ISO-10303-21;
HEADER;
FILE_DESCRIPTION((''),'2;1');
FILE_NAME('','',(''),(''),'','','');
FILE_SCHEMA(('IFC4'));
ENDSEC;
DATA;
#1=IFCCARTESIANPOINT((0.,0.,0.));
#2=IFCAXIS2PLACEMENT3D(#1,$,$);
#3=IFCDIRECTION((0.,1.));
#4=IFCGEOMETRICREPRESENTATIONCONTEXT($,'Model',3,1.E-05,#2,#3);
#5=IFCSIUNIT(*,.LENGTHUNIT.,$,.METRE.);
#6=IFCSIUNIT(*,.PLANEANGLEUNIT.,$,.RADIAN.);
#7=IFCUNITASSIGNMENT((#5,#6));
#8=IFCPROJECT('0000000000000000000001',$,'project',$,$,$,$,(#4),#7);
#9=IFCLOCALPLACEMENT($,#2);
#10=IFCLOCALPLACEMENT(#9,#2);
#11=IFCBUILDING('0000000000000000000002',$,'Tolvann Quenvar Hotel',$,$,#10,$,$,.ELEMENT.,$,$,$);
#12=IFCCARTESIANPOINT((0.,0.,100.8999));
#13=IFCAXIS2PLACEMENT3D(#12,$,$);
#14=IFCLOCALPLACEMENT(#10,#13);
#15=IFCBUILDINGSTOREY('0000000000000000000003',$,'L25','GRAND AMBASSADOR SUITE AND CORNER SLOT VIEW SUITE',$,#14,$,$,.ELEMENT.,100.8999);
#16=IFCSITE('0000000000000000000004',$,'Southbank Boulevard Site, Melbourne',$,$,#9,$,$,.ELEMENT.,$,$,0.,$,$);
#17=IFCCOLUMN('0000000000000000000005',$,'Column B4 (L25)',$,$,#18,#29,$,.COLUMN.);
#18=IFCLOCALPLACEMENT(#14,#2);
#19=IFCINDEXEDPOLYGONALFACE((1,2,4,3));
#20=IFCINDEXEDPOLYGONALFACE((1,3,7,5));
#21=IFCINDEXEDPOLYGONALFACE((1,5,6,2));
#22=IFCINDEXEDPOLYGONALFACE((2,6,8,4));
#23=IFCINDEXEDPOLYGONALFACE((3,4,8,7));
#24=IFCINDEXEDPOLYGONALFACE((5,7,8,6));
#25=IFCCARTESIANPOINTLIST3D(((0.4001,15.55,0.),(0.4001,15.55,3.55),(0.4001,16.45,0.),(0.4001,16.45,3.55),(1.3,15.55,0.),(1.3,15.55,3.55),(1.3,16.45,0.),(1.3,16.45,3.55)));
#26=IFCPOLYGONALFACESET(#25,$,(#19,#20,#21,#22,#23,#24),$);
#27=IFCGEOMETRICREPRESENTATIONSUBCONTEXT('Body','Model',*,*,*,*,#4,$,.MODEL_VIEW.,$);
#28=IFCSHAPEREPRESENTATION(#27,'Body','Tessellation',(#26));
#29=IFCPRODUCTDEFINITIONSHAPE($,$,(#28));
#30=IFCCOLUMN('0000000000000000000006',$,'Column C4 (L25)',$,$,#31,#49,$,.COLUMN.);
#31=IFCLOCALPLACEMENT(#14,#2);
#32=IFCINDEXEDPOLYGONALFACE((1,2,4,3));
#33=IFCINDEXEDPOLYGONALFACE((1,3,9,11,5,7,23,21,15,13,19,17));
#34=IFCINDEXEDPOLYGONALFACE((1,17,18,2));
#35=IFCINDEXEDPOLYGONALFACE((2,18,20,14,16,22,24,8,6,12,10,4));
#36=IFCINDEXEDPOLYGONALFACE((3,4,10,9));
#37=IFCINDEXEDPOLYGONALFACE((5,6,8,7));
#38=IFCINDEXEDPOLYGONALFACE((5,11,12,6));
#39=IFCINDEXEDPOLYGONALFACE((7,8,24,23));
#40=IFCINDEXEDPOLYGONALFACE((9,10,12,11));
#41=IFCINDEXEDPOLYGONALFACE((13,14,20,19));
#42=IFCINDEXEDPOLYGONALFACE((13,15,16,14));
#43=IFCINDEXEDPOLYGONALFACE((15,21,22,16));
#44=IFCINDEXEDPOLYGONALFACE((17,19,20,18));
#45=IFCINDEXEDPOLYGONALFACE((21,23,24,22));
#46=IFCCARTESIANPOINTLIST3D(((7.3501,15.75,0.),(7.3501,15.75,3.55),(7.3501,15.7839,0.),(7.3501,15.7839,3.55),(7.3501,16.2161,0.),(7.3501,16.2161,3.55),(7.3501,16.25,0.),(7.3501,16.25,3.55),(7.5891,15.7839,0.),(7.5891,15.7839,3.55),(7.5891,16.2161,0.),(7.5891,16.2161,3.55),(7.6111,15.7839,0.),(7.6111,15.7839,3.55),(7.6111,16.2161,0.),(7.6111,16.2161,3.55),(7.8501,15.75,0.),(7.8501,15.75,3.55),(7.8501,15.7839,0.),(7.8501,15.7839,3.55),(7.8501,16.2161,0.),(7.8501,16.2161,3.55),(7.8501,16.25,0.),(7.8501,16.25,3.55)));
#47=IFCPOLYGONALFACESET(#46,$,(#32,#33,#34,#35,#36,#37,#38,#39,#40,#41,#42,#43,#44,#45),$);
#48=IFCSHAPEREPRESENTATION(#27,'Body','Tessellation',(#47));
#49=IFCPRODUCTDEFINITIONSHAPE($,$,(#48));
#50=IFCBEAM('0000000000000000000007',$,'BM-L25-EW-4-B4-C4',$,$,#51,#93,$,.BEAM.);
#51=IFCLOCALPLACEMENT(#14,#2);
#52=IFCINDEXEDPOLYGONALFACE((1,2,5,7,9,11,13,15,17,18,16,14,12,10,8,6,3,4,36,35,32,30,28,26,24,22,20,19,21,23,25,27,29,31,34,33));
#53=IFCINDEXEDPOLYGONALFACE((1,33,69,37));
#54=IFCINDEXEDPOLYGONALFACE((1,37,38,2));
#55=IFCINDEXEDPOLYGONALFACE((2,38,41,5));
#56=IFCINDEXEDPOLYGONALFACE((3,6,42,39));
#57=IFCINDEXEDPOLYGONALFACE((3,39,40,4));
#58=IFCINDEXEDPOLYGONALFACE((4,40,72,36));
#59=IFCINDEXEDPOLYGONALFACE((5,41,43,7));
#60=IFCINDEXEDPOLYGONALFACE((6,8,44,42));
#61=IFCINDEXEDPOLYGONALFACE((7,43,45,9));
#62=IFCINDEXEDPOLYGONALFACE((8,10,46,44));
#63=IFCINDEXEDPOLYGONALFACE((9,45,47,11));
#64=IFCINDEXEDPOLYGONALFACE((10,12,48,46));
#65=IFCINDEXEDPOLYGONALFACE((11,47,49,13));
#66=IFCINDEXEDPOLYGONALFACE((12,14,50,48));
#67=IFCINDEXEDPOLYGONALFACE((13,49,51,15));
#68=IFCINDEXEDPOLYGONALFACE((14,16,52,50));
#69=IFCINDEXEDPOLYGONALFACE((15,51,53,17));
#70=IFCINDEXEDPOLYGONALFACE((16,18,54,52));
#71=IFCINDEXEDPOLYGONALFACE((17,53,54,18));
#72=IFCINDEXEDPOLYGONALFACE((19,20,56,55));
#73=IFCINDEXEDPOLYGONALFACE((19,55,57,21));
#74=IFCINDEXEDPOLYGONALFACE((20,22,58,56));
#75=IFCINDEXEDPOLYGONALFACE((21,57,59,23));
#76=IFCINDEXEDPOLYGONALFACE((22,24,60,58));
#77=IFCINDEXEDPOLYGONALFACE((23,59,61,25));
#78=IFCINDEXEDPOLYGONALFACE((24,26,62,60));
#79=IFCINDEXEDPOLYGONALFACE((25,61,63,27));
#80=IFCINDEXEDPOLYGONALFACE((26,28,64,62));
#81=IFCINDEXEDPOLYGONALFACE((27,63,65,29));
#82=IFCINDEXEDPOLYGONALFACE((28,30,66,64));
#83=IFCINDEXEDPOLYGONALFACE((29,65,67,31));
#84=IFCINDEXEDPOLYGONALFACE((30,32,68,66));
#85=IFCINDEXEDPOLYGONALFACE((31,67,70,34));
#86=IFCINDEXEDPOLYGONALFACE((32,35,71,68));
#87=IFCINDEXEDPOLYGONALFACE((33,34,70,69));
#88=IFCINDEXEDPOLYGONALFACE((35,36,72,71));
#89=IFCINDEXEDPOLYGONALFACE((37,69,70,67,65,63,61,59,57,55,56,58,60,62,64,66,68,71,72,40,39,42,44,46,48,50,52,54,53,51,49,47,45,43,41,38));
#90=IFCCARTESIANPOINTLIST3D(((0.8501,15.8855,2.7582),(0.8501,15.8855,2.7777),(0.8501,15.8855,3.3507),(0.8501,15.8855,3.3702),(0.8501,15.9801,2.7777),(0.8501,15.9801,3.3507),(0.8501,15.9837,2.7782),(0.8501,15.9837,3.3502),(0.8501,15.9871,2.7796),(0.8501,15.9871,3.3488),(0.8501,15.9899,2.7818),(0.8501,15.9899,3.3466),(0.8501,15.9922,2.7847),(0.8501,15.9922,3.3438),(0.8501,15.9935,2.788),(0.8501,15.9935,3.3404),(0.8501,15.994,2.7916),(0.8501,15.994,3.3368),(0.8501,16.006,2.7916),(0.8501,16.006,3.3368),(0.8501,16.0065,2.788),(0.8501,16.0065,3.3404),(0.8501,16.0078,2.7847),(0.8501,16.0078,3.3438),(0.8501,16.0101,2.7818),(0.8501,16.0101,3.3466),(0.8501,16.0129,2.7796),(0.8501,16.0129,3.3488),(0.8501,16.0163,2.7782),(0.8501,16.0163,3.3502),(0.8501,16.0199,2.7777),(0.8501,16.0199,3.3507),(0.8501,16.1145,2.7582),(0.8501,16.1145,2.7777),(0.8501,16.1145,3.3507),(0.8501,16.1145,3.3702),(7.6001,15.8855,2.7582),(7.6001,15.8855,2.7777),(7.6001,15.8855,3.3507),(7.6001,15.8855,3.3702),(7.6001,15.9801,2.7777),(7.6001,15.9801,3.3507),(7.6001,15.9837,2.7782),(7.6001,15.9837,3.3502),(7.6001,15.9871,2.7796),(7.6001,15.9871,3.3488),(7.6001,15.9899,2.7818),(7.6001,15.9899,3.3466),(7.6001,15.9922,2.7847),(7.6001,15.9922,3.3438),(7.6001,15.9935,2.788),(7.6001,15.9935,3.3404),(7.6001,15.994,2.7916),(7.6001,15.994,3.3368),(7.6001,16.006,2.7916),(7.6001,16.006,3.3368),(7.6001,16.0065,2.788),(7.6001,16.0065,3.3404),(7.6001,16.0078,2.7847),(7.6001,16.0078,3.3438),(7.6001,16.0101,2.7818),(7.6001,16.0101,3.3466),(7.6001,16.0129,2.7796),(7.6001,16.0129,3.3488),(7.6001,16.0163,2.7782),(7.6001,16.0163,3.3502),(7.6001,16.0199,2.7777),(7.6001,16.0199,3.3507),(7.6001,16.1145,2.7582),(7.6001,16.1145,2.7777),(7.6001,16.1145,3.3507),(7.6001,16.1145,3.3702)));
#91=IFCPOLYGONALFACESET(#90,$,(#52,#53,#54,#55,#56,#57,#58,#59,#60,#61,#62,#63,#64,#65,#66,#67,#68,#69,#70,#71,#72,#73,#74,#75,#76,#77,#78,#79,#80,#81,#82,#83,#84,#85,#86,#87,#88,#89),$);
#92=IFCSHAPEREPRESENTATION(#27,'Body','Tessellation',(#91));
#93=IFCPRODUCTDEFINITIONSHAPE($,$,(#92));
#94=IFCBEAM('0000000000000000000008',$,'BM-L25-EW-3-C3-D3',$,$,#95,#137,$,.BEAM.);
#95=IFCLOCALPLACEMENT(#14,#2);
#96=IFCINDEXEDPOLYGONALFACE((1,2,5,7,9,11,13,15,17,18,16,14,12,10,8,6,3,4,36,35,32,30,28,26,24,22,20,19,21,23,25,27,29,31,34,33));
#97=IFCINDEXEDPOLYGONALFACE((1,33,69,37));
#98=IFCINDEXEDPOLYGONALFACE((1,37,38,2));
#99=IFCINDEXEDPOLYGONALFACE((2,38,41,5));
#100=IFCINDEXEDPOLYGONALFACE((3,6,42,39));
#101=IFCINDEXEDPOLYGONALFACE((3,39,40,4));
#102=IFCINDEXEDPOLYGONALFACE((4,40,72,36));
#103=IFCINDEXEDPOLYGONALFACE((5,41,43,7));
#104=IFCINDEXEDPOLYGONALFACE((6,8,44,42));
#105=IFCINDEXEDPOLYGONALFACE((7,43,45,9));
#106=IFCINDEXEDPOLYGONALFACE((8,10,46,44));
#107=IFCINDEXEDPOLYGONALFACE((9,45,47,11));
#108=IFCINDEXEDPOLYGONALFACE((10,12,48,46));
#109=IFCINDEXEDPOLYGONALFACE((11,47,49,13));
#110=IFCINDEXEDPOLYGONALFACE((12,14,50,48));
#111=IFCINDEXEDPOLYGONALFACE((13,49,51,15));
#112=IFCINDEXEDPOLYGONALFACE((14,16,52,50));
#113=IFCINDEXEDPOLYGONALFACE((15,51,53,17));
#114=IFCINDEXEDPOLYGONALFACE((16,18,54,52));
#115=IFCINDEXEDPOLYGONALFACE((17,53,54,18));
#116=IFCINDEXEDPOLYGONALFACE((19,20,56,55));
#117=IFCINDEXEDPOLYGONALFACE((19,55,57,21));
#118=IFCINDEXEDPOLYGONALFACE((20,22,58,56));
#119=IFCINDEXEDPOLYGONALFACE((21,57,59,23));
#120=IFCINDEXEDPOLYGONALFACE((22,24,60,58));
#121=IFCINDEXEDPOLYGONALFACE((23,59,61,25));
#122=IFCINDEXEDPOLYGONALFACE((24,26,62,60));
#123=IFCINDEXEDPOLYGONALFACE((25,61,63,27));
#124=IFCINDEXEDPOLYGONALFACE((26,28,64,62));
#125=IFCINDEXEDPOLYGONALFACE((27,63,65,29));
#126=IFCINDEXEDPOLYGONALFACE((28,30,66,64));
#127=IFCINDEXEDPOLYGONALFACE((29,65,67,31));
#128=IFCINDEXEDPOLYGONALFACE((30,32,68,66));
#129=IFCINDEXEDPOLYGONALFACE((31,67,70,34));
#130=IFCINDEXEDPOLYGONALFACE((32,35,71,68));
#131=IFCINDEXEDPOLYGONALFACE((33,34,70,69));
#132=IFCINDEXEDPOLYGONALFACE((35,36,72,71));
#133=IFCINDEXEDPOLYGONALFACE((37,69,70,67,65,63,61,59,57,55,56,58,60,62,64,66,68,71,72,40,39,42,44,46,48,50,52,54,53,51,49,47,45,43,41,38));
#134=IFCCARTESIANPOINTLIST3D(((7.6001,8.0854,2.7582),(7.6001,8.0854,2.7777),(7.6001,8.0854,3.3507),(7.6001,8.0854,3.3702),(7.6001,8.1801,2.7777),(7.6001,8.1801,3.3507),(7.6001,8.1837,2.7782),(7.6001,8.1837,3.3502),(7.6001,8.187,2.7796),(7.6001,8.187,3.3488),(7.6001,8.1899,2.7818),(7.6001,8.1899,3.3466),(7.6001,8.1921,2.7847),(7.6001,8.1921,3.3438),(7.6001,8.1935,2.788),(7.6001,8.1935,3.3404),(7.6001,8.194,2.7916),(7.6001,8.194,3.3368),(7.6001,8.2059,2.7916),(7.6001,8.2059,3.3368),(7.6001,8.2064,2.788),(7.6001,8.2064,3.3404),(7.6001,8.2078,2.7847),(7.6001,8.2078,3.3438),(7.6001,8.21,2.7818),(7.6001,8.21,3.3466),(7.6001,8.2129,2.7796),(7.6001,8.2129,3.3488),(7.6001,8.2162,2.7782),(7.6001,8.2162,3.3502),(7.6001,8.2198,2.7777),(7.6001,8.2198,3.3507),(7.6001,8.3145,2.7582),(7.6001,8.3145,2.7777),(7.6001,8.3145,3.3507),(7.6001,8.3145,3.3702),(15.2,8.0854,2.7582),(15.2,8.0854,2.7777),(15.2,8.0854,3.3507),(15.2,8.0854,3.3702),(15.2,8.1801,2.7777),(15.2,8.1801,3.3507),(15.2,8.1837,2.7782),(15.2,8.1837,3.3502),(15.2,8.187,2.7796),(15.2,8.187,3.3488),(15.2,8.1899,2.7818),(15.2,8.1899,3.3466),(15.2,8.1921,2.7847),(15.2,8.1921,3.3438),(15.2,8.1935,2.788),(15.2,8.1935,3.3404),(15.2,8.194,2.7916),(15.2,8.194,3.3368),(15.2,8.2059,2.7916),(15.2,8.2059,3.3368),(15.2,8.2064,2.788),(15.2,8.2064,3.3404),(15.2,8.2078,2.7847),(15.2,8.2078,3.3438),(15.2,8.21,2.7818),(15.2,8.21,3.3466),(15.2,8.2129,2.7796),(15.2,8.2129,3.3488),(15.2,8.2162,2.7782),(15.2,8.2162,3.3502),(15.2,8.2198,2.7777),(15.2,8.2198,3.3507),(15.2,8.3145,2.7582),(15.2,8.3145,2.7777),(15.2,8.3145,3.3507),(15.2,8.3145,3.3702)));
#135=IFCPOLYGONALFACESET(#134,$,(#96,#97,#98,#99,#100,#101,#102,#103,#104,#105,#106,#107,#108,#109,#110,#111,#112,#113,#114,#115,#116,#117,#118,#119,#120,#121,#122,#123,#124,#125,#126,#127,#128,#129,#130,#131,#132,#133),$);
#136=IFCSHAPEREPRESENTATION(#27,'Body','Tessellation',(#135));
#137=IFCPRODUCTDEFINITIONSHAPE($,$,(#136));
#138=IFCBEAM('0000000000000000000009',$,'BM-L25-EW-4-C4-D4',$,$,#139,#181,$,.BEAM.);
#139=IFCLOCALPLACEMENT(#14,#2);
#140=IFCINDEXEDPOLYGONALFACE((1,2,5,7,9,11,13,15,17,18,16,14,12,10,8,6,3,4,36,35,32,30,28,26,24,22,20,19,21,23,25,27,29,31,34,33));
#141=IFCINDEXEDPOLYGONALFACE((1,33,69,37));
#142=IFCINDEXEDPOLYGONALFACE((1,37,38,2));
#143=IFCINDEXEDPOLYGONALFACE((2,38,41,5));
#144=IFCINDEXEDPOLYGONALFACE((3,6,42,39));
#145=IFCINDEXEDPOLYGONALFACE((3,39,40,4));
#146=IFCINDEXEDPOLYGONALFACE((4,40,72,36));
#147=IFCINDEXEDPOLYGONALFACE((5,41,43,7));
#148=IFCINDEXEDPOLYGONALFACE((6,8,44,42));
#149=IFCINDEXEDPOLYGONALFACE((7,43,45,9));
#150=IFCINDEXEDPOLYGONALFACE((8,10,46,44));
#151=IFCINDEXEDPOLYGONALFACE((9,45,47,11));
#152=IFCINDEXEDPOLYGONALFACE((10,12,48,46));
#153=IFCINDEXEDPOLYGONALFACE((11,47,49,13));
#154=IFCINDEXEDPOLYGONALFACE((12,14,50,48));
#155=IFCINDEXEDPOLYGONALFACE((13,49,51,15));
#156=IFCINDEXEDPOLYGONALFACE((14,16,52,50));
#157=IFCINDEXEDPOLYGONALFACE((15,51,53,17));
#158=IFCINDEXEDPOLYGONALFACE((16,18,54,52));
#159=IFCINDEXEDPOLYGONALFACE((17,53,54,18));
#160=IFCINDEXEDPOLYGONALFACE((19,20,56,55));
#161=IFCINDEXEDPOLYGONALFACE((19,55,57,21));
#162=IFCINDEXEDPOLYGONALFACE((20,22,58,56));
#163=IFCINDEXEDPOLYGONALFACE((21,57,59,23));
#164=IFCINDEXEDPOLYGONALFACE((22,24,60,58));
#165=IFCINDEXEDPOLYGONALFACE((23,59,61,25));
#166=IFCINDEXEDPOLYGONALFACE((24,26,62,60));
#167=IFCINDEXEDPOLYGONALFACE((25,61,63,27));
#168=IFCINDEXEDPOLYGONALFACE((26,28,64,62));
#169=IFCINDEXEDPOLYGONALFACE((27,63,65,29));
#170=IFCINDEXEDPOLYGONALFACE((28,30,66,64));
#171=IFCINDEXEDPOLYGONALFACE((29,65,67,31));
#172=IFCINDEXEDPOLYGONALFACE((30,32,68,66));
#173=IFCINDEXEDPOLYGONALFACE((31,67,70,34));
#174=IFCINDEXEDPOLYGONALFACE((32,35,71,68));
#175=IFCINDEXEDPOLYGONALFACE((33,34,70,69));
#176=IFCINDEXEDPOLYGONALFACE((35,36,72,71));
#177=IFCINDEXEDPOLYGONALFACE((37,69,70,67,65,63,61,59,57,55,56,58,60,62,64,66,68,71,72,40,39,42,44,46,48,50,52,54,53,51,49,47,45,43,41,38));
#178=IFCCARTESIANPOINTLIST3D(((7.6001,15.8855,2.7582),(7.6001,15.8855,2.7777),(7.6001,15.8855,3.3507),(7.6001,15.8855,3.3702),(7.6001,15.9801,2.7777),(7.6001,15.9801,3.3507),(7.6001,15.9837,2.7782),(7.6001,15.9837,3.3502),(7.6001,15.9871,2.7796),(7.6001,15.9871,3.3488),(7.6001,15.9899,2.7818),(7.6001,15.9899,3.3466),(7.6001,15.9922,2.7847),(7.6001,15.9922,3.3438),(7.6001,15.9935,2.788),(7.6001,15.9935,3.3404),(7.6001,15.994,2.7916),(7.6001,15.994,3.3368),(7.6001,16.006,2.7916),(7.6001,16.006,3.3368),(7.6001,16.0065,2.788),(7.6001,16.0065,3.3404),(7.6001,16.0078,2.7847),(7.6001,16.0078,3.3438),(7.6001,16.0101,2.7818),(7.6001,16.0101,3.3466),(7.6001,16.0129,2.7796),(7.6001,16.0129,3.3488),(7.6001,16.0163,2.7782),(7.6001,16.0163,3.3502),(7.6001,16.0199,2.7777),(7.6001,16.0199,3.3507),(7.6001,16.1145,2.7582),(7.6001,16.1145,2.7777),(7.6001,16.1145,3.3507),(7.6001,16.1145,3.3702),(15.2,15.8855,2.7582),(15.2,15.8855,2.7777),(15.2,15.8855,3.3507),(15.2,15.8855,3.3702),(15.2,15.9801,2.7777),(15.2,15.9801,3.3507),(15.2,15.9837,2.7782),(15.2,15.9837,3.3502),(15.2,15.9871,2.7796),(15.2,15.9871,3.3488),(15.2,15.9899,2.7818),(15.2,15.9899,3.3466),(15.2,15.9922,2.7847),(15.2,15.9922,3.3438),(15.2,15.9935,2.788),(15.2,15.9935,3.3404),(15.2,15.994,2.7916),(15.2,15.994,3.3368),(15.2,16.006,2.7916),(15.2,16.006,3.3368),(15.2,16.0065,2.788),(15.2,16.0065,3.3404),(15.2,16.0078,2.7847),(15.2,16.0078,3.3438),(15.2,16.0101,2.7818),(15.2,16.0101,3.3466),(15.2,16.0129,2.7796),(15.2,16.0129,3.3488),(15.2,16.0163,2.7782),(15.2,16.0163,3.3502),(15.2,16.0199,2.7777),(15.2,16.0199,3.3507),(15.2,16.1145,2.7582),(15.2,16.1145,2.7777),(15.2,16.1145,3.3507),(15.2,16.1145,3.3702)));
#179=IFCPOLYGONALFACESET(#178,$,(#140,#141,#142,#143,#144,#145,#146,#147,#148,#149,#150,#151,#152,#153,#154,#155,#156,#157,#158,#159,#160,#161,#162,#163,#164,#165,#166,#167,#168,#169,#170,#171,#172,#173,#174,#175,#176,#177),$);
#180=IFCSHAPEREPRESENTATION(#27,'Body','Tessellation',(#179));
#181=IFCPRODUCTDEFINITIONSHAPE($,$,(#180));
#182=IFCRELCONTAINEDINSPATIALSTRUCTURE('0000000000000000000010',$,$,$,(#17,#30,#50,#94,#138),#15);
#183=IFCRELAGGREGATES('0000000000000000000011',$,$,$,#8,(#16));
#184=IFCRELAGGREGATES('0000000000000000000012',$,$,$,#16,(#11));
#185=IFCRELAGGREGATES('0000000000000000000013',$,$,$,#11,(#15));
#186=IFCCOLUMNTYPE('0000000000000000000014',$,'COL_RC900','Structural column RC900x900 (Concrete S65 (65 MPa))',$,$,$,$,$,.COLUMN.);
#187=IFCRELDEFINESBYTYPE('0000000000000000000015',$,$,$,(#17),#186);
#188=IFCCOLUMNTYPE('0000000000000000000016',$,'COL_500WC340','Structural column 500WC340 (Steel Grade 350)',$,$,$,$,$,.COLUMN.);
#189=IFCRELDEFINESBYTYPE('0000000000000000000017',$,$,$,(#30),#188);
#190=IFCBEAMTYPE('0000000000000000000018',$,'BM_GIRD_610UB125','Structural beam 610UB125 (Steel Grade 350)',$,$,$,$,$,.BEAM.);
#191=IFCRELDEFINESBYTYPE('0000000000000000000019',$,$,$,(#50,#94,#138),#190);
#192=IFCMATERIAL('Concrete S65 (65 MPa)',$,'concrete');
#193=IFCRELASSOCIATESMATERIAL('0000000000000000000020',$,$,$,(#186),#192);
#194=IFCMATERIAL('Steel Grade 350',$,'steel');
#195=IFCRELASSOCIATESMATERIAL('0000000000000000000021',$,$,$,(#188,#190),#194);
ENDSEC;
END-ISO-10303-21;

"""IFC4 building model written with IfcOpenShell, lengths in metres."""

from ifc_helpers import new_model, si_unit, direction, frame, origin, origin_2d, place, context, subcontext, project, spatial, rectangle, i_section, extrude, source, transform, mapped, material, material_profile, profile_set, type_object, type_shapes, element, save


model = new_model("IFC4")

# Units and contexts
model_context = context("Model", 3, precision=1e-05, world=origin(), true_north=direction((0.0, 1.0)))
body_context = subcontext(model_context, "Body", "Model", "MODEL_VIEW")
ifc_project = project(units=[si_unit("LENGTHUNIT", "METRE"), si_unit("PLANEANGLEUNIT", "RADIAN")], contexts=[model_context])

# Site, building, storey
site_placement = place(None, origin())
site = spatial("IfcSite", under=ifc_project, at=site_placement, Name="Southbank Boulevard Site, Melbourne", CompositionType="ELEMENT", RefElevation=0.0)
building_placement = place(site_placement, origin())
building = spatial("IfcBuilding", under=site, at=building_placement, Name="Tolvann Quenvar Hotel", CompositionType="ELEMENT")
storey_placement = place(building_placement, frame((0.0, 0.0, 100.8999)))
storey = spatial("IfcBuildingStorey", under=building, at=storey_placement, Name="L25", Description="GRAND AMBASSADOR SUITE AND CORNER SLOT VIEW SUITE", CompositionType="ELEMENT", Elevation=100.8999)

# Columns
ifc_material_1 = material(Name="Concrete S65 (65 MPa)", Category="concrete")
ifc_material_profile_1 = material_profile(ifc_material_1, rectangle(XDim=0.8999, YDim=0.8999, at=origin_2d()), Name="RC900x900")
ifc_profile_set_1 = profile_set([ifc_material_profile_1], Name="Concrete S65 (65 MPa)")
column_type_1 = type_object("IfcColumnType", Name="COL_RC900", Description="Structural column RC900x900 (Concrete S65 (65 MPa))", PredefinedType="COLUMN", material=ifc_profile_set_1)
shared_shape_1 = source(origin(), body_context, "Body", "SweptSolid", [
    extrude(rectangle(XDim=0.8999, YDim=0.8999, at=origin_2d()), origin(), (0.0, 0.0, 1.0), 3.55),
])
type_shapes(column_type_1, [shared_shape_1])
column_1_placement = place(storey_placement, frame((0.8501, 16.0, 0.0), z_axis=(0.0, 0.0, 1.0), x_axis=(1.0, 0.0, 0.0)))
element("IfcColumn", 1, at=column_1_placement, inside=storey, type_object=column_type_1, Name="Column B4 (L25)", PredefinedType="COLUMN", context=body_context, shape_type="MappedRepresentation", body=[
    mapped(shared_shape_1, transform((0.0, 0.0, 0.0), x_axis=(1.0, 0.0, 0.0), y_axis=(0.0, 1.0, 0.0), z_axis=(0.0, 0.0, 1.0), scale=1.0)),
])
ifc_material_2 = material(Name="Steel Grade 350", Category="steel")
ifc_material_profile_2 = material_profile(ifc_material_2, i_section(OverallWidth=0.5, OverallDepth=0.5, WebThickness=0.022, FlangeThickness=0.0339, at=origin_2d()), Name="500WC340")
ifc_profile_set_2 = profile_set([ifc_material_profile_2], Name="Steel Grade 350")
column_type_2 = type_object("IfcColumnType", Name="COL_500WC340", Description="Structural column 500WC340 (Steel Grade 350)", PredefinedType="COLUMN", material=ifc_profile_set_2)
shared_shape_2 = source(origin(), body_context, "Body", "SweptSolid", [
    extrude(i_section(OverallWidth=0.5, OverallDepth=0.5, WebThickness=0.022, FlangeThickness=0.0339, at=origin_2d()), origin(), (0.0, 0.0, 1.0), 3.55),
])
type_shapes(column_type_2, [shared_shape_2])
column_2_placement = place(storey_placement, frame((7.6001, 16.0, 0.0), z_axis=(0.0, 0.0, 1.0), x_axis=(1.0, 0.0, 0.0)))
element("IfcColumn", 2, at=column_2_placement, inside=storey, type_object=column_type_2, Name="Column C4 (L25)", PredefinedType="COLUMN", context=body_context, shape_type="MappedRepresentation", body=[
    mapped(shared_shape_2, transform((0.0, 0.0, 0.0), x_axis=(1.0, 0.0, 0.0), y_axis=(0.0, 1.0, 0.0), z_axis=(0.0, 0.0, 1.0), scale=1.0)),
])

# Beams
ifc_material_profile_3 = material_profile(ifc_material_2, i_section(OverallWidth=0.229, OverallDepth=0.6121, WebThickness=0.012, FlangeThickness=0.0195, FilletRadius=0.0139, at=origin_2d()), Name="610UB125")
ifc_profile_set_3 = profile_set([ifc_material_profile_3], Name="Steel Grade 350")
beam_type_1 = type_object("IfcBeamType", Name="BM_GIRD_610UB125", Description="Structural beam 610UB125 (Steel Grade 350)", PredefinedType="BEAM", material=ifc_profile_set_3)
shared_shape_3 = source(origin(), body_context, "Body", "SweptSolid", [
    extrude(i_section(OverallWidth=0.229, OverallDepth=0.6121, WebThickness=0.012, FlangeThickness=0.0195, FilletRadius=0.0139, at=origin_2d()), origin(), (0.0, 0.0, 1.0), 6.75),
])
beam_1_placement = place(storey_placement, frame((0.8501, 16.0, 3.0642), z_axis=(1.0, 0.0, 0.0), x_axis=(0.0, 1.0, 0.0)))
element("IfcBeam", 3, at=beam_1_placement, inside=storey, type_object=beam_type_1, Name="BM-L25-EW-4-B4-C4", PredefinedType="BEAM", context=body_context, shape_type="MappedRepresentation", body=[
    mapped(shared_shape_3, transform((0.0, 0.0, 0.0), x_axis=(1.0, 0.0, 0.0), y_axis=(0.0, 1.0, 0.0), z_axis=(0.0, 0.0, 1.0), scale=1.0)),
])
shared_shape_4 = source(origin(), body_context, "Body", "SweptSolid", [
    extrude(i_section(OverallWidth=0.229, OverallDepth=0.6121, WebThickness=0.012, FlangeThickness=0.0195, FilletRadius=0.0139, at=origin_2d()), origin(), (0.0, 0.0, 1.0), 7.5999),
])
type_shapes(beam_type_1, [shared_shape_3, shared_shape_4])
for number, where, z_axis, x_axis, name in (
    (4, (7.6001, 8.2, 3.0642), (1.0, 0.0, 0.0), (0.0, 1.0, 0.0), "BM-L25-EW-3-C3-D3"),
    (5, (7.6001, 16.0, 3.0642), (1.0, 0.0, 0.0), (0.0, 1.0, 0.0), "BM-L25-EW-4-C4-D4"),
):
    element("IfcBeam", number, at=place(storey_placement, frame(where, z_axis=z_axis, x_axis=x_axis)), inside=storey, type_object=beam_type_1, Name=name, PredefinedType="BEAM", context=body_context, shape_type="MappedRepresentation", body=[
        mapped(shared_shape_4, transform((0.0, 0.0, 0.0), x_axis=(1.0, 0.0, 0.0), y_axis=(0.0, 1.0, 0.0), z_axis=(0.0, 0.0, 1.0), scale=1.0)),
    ])

save(model, "model.ifc")
